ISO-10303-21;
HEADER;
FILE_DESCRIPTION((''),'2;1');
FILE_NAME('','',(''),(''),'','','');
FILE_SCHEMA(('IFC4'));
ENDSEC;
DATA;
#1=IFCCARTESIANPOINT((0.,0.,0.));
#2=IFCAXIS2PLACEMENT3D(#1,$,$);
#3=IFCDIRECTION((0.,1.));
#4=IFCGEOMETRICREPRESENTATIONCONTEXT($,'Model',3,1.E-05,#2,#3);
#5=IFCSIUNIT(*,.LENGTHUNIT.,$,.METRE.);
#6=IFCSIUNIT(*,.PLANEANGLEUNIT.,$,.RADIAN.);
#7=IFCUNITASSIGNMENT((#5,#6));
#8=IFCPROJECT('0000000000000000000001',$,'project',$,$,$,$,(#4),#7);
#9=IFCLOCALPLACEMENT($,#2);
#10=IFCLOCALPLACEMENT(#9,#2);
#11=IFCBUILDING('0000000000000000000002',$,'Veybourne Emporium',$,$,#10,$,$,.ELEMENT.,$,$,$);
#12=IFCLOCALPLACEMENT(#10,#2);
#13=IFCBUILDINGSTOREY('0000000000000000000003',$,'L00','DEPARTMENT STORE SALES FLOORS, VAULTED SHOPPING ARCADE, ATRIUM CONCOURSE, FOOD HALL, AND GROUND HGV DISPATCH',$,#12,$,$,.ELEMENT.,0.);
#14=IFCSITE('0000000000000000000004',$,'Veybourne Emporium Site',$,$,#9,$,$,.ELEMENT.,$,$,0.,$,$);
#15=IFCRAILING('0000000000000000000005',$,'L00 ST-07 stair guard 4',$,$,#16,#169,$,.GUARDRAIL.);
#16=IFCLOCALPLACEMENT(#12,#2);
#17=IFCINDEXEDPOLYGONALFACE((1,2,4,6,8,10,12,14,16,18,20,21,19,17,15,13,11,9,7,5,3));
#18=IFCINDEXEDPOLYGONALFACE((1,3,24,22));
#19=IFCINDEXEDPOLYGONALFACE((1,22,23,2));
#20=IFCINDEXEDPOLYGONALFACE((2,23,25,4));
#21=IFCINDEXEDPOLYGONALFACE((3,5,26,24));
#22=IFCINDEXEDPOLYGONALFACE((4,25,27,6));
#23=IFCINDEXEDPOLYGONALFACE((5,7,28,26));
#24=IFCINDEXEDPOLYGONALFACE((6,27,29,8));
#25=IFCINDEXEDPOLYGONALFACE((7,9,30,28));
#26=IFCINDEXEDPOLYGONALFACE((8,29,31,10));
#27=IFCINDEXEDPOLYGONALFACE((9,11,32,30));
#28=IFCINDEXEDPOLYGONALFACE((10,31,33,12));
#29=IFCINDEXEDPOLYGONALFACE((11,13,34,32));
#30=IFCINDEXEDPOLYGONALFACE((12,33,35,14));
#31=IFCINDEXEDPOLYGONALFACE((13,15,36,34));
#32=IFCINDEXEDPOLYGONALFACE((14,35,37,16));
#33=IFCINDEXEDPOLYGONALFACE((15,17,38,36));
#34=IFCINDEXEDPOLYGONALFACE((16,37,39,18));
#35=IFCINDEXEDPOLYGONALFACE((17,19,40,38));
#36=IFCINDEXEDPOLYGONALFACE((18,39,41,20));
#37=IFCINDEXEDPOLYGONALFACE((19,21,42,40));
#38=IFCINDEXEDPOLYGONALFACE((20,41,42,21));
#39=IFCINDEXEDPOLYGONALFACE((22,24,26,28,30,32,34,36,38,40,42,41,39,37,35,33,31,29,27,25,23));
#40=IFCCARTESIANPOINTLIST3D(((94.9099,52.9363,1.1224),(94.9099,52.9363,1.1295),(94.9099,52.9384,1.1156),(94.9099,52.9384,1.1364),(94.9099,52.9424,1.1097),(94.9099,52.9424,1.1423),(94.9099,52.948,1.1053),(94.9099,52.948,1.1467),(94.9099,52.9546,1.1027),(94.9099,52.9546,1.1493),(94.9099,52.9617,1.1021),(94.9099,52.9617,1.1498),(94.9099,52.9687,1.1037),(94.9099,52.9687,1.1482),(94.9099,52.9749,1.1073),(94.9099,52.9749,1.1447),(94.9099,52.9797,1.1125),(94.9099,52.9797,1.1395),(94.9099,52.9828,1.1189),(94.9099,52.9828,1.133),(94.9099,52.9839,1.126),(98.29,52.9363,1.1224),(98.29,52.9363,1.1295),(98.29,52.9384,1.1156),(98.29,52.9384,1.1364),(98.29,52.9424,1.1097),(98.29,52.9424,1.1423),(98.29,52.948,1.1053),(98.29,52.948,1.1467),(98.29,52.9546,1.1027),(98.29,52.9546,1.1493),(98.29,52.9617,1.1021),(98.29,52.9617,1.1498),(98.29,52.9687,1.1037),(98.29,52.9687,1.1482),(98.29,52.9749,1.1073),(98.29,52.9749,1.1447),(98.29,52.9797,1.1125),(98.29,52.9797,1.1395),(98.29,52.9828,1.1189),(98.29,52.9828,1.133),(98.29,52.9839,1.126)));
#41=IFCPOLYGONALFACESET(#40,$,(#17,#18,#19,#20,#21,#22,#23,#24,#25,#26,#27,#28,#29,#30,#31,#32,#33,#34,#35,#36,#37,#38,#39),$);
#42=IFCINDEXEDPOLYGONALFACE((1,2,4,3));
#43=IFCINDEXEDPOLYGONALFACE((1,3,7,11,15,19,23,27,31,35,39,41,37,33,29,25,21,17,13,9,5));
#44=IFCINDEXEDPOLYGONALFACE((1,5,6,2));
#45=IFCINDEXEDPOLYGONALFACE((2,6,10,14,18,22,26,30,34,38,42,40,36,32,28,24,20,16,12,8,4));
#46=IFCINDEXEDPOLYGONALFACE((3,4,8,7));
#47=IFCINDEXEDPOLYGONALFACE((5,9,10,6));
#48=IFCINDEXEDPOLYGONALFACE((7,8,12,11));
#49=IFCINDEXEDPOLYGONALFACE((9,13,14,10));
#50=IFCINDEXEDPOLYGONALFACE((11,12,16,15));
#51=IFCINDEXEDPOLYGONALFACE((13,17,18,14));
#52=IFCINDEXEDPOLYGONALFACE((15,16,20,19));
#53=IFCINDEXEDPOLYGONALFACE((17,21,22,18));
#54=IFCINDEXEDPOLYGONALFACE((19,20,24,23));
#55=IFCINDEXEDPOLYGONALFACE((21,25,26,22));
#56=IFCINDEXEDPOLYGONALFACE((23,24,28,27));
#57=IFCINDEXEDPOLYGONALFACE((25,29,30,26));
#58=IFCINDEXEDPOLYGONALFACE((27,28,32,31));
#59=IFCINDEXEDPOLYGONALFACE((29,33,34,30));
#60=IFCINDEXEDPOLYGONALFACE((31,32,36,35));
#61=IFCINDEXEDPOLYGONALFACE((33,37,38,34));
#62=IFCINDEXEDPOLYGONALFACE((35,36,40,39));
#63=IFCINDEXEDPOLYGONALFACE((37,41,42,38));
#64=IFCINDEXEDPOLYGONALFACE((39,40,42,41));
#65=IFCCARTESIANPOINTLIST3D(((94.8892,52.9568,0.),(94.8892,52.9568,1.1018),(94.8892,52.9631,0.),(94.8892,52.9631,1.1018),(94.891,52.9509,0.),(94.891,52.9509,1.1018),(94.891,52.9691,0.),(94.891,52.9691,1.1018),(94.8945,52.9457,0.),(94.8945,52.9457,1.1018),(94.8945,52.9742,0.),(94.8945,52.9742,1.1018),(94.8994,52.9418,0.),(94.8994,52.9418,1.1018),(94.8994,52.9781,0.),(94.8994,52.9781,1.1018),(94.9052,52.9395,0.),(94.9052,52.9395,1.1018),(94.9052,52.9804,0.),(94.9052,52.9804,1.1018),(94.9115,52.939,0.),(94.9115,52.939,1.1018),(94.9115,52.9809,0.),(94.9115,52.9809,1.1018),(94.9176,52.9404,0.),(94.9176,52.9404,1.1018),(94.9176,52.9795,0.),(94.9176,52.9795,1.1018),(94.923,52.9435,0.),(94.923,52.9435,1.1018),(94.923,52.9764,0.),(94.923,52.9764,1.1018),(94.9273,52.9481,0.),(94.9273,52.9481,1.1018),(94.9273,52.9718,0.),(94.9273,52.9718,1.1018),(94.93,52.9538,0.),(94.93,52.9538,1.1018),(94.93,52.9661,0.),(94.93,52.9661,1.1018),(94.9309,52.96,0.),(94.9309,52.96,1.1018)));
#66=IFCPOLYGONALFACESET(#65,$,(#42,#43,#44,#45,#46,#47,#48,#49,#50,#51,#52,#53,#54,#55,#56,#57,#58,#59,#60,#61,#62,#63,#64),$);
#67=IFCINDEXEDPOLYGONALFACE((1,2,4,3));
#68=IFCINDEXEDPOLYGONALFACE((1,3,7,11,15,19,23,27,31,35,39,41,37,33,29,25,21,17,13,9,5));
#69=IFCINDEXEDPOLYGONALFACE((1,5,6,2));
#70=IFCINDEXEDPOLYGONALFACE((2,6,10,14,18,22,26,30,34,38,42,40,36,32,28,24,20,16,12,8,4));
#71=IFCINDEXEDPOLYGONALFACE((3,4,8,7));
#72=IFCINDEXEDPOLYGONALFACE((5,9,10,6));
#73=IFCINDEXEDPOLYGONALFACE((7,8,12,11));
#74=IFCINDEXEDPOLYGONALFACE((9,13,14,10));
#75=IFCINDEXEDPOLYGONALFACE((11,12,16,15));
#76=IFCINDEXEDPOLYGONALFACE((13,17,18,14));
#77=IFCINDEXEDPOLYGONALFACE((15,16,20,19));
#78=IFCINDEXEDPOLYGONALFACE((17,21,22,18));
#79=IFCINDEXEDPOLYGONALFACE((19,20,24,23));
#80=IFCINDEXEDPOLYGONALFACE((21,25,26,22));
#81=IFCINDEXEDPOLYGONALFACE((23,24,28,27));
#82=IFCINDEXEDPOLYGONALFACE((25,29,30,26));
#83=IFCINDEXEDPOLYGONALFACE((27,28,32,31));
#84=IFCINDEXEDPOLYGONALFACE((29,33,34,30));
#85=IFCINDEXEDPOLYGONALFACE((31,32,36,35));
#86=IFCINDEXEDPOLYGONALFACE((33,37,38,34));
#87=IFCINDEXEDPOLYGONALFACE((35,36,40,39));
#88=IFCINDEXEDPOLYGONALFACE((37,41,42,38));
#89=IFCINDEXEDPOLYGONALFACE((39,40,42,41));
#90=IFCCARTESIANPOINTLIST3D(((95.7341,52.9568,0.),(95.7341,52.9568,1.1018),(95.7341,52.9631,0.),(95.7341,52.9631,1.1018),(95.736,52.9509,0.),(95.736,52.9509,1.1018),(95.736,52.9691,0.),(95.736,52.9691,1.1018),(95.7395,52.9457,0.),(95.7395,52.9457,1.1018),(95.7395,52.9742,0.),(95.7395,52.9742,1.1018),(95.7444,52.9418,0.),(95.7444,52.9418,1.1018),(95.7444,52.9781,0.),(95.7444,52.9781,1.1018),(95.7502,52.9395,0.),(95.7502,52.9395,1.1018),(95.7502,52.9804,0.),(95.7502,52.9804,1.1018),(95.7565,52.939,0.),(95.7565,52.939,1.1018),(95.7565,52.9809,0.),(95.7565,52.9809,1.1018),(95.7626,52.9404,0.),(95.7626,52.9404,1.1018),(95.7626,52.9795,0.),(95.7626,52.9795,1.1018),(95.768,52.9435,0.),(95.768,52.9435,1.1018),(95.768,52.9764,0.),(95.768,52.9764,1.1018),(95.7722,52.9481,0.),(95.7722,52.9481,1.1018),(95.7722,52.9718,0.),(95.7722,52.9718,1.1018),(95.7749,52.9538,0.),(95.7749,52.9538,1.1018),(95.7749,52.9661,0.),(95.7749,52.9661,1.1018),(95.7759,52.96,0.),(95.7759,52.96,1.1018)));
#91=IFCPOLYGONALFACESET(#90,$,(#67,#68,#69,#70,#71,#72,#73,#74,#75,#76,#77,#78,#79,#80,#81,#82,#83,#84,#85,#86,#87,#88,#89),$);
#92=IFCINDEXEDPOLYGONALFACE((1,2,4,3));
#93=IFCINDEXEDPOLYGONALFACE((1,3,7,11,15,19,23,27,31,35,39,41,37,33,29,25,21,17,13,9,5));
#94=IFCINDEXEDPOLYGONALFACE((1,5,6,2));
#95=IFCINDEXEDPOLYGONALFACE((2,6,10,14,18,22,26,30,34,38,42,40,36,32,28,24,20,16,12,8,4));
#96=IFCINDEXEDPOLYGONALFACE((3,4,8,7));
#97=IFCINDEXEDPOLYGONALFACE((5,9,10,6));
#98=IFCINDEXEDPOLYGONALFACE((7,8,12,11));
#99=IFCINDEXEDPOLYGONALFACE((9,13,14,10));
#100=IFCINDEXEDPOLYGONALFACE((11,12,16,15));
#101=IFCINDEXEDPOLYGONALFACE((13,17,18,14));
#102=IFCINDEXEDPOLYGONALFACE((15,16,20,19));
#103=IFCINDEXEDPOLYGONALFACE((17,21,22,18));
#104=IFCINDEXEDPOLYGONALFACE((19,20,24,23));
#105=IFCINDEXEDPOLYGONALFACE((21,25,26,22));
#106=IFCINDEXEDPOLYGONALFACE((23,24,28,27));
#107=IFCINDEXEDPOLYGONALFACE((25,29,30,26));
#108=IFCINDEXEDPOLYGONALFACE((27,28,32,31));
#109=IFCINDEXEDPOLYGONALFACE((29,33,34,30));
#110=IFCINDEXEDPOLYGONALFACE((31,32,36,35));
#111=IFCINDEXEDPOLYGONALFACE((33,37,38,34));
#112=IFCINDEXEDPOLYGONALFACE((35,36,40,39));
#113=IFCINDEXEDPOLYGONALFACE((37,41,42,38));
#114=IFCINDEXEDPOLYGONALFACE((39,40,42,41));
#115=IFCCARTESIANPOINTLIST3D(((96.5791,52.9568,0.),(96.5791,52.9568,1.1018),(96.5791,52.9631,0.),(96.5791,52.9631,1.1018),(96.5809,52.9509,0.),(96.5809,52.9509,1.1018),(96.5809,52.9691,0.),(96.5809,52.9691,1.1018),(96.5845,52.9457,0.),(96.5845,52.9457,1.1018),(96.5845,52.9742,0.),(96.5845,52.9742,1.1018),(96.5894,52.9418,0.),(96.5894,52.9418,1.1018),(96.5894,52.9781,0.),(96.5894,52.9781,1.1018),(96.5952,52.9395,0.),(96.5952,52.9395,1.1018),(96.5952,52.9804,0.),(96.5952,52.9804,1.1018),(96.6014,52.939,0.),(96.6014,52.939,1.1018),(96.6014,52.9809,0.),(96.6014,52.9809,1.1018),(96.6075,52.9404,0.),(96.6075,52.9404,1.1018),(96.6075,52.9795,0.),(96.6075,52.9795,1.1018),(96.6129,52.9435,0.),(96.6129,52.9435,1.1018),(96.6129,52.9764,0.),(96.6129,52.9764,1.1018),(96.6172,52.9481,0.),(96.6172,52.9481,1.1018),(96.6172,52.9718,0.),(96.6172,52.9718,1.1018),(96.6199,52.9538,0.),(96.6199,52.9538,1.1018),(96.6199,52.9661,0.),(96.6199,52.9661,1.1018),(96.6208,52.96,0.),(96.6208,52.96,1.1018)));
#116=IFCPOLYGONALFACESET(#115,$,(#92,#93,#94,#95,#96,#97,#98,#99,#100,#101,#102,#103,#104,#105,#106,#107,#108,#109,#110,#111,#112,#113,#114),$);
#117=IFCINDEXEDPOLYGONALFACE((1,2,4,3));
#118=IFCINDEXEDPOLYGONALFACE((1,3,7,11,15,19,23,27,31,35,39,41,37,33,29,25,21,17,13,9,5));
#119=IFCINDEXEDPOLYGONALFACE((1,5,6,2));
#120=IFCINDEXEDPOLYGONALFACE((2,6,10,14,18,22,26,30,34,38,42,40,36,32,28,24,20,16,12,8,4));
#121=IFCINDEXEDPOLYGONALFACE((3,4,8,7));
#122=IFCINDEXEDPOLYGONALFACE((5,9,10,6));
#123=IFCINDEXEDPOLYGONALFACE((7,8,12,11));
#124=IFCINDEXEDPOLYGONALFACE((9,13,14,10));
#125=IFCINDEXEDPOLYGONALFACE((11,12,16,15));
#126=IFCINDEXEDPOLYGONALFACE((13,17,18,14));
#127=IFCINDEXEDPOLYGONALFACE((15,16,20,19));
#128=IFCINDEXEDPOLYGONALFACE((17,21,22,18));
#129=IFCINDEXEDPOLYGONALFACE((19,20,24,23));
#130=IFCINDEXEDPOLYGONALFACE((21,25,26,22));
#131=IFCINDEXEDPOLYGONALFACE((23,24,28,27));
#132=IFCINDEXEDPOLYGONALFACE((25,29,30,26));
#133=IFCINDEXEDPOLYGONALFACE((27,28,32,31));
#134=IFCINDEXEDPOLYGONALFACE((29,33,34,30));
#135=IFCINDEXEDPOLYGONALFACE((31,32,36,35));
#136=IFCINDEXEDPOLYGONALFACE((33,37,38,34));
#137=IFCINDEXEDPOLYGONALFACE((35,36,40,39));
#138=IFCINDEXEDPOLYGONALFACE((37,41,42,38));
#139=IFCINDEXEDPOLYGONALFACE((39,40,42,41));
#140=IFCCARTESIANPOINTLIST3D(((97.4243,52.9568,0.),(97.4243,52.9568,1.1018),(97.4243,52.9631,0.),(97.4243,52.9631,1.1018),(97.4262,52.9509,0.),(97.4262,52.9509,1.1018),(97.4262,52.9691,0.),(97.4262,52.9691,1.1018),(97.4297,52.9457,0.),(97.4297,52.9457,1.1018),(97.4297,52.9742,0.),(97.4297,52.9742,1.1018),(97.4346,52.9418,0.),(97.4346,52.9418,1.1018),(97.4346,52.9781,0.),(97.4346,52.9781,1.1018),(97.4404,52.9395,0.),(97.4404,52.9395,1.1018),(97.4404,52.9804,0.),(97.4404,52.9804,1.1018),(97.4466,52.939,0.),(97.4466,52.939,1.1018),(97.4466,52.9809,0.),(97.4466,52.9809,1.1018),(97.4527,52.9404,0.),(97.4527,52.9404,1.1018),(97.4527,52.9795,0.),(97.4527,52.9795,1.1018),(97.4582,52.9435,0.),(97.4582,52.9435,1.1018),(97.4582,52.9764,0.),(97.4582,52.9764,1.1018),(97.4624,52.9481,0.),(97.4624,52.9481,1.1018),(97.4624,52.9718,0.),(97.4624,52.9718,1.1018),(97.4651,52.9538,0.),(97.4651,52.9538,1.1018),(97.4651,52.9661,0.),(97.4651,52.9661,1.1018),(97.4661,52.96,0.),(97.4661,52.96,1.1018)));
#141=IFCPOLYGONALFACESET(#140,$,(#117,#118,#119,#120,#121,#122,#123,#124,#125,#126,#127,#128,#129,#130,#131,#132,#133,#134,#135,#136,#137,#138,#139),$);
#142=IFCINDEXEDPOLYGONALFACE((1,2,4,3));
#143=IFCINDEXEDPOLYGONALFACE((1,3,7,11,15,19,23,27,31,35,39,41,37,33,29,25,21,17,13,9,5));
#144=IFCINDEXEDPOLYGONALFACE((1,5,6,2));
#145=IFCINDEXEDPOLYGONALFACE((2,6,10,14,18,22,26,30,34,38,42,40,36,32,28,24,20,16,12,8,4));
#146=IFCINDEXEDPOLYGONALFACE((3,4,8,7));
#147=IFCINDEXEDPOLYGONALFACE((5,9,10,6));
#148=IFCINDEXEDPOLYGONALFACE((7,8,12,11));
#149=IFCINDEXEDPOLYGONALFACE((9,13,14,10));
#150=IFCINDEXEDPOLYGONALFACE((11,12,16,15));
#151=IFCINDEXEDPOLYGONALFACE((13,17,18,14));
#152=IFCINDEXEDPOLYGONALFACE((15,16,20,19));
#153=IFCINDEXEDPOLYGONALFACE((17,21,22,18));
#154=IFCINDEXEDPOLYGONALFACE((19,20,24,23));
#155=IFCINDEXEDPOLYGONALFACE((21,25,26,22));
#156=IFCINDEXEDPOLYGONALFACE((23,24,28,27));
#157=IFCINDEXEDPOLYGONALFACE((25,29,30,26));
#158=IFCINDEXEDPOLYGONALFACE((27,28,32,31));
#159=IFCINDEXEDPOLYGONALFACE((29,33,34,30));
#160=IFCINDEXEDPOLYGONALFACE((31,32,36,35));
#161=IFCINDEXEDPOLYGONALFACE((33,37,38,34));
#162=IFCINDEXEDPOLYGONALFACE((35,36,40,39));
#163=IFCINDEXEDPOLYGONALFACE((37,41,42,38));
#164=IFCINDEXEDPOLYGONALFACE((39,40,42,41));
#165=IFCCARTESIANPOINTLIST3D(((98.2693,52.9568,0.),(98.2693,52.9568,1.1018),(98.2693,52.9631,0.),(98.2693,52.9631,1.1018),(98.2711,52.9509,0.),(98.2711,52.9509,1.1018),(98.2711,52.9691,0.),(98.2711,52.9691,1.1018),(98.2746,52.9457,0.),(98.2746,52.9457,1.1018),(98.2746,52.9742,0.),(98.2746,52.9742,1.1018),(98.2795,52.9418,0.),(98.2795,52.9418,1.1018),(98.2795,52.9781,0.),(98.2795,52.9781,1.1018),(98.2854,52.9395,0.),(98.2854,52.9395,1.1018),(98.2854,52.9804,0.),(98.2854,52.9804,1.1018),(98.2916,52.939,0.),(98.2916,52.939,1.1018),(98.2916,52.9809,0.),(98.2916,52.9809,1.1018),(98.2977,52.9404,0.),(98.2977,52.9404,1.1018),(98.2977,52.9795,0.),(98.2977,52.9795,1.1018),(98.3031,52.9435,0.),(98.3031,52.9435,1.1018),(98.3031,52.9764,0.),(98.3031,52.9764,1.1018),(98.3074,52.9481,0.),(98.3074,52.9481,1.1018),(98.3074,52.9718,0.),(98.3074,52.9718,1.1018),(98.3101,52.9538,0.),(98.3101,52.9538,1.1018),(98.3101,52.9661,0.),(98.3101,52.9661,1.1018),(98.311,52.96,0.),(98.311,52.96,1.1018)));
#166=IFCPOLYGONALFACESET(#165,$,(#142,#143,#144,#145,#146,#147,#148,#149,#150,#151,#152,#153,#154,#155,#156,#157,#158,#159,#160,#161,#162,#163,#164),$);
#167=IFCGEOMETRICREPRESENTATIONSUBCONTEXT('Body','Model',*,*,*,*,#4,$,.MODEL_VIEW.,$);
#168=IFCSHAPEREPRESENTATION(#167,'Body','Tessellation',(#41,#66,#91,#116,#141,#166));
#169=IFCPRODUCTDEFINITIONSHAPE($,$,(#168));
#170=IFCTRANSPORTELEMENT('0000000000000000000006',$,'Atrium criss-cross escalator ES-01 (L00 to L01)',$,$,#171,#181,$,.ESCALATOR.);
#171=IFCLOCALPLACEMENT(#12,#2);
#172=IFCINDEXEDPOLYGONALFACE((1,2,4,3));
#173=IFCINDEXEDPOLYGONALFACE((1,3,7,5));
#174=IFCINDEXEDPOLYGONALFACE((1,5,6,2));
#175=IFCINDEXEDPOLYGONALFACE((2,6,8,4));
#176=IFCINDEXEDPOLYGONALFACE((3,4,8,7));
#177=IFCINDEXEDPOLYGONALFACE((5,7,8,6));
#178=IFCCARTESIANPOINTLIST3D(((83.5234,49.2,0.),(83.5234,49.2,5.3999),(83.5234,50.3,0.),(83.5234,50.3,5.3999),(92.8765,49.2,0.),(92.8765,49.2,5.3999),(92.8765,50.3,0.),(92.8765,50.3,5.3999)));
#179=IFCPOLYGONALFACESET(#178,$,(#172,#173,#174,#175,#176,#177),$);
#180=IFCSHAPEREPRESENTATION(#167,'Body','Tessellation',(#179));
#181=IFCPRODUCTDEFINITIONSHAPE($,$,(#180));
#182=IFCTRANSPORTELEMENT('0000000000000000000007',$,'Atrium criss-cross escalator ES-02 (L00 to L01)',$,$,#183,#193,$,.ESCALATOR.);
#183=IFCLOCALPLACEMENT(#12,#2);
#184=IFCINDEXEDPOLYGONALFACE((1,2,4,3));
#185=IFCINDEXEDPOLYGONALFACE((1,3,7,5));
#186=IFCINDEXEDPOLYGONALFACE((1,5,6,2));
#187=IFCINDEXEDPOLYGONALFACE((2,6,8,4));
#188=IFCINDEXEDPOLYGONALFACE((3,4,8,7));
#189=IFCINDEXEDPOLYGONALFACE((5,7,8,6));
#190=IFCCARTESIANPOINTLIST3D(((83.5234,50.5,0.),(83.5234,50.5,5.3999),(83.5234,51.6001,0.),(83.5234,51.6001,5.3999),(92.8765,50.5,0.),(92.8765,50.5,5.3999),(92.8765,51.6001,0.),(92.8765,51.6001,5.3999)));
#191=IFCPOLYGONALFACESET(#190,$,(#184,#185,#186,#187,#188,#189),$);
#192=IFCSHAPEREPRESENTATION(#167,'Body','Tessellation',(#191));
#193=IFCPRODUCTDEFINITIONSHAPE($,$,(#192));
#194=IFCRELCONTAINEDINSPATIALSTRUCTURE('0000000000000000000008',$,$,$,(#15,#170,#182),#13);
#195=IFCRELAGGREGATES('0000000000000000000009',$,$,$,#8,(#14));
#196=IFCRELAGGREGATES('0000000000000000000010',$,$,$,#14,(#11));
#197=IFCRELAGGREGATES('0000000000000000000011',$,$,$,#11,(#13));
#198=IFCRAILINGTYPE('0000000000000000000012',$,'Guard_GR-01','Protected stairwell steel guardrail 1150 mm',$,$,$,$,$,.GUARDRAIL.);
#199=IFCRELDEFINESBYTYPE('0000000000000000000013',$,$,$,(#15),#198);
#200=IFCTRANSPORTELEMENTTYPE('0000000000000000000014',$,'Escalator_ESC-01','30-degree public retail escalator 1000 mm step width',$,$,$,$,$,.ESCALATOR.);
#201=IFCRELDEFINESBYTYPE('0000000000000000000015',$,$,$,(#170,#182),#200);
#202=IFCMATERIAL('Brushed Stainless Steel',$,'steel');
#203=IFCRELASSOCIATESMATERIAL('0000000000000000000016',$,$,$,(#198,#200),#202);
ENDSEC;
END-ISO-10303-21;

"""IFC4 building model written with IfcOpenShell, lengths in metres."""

from ifc_helpers import new_model, si_unit, direction, frame, origin, origin_2d, place, context, subcontext, project, spatial, rectangle, circle, extrude, material, type_object, element, save


model = new_model("IFC4")

# Units and contexts
model_context = context("Model", 3, precision=1e-05, world=origin(), true_north=direction((0.0, 1.0)))
body_context = subcontext(model_context, "Body", "Model", "MODEL_VIEW")
ifc_project = project(units=[si_unit("LENGTHUNIT", "METRE"), si_unit("PLANEANGLEUNIT", "RADIAN")], contexts=[model_context])

# Site, building, storey
site_placement = place(None, origin())
site = spatial("IfcSite", under=ifc_project, at=site_placement, Name="Veybourne Emporium Site", CompositionType="ELEMENT", RefElevation=0.0)
building_placement = place(site_placement, origin())
building = spatial("IfcBuilding", under=site, at=building_placement, Name="Veybourne Emporium", CompositionType="ELEMENT")
storey_placement = place(building_placement, origin())
storey = spatial("IfcBuildingStorey", under=building, at=storey_placement, Name="L00", Description="DEPARTMENT STORE SALES FLOORS, VAULTED SHOPPING ARCADE, ATRIUM CONCOURSE, FOOD HALL, AND GROUND HGV DISPATCH", CompositionType="ELEMENT", Elevation=0.0)

# Railing
ifc_material_1 = material(Name="Brushed Stainless Steel", Category="steel")
railing_type_1 = type_object("IfcRailingType", Name="Guard_GR-01", Description="Protected stairwell steel guardrail 1150 mm", PredefinedType="GUARDRAIL", material=ifc_material_1)
railing_1_placement = place(storey_placement, frame((94.9099, 52.96, 0.0)))
element("IfcRailing", 1, at=railing_1_placement, inside=storey, type_object=railing_type_1, Name="L00 ST-07 stair guard 4", PredefinedType="GUARDRAIL", context=body_context, shape_type="SweptSolid", body=[
    extrude(circle(Radius=0.0239, at=origin_2d()), frame((0.0, 0.0, 1.126), z_axis=(1.0, 0.0, 0.0), x_axis=(0.0, 1.0, 0.0)), (0.0, 0.0, 1.0), 3.3801),
    extrude(circle(Radius=0.021, at=origin_2d()), origin(), (0.0, 0.0, 1.0), 1.1018),
    extrude(circle(Radius=0.021, at=origin_2d()), frame((0.845, 0.0, 0.0)), (0.0, 0.0, 1.0), 1.1018),
    extrude(circle(Radius=0.021, at=origin_2d()), frame((1.6899, 0.0, 0.0)), (0.0, 0.0, 1.0), 1.1018),
    extrude(circle(Radius=0.021, at=origin_2d()), frame((2.5352, 0.0, 0.0)), (0.0, 0.0, 1.0), 1.1018),
    extrude(circle(Radius=0.021, at=origin_2d()), frame((3.3801, 0.0, 0.0)), (0.0, 0.0, 1.0), 1.1018),
])

# Transport elements
transport_element_type = type_object("IfcTransportElementType", Name="Escalator_ESC-01", Description="30-degree public retail escalator 1000 mm step width", PredefinedType="ESCALATOR", material=ifc_material_1)
for number, where, z_axis, x_axis, name in (
    (2, (88.2, 49.75, 0.0), (0.0, 0.0, 1.0), (1.0, 0.0, 0.0), "Atrium criss-cross escalator ES-01 (L00 to L01)"),
    (3, (88.2, 51.05, 0.0), (0.0, 0.0, 1.0), (1.0, 0.0, 0.0), "Atrium criss-cross escalator ES-02 (L00 to L01)"),
):
    element("IfcTransportElement", number, at=place(storey_placement, frame(where, z_axis=z_axis, x_axis=x_axis)), inside=storey, type_object=transport_element_type, Name=name, PredefinedType="ESCALATOR", context=body_context, shape_type="SweptSolid", body=[
        extrude(rectangle(XDim=9.353, YDim=1.1001, at=origin_2d()), origin(), (0.0, 0.0, 1.0), 5.3999),
    ])

save(model, "model.ifc")
